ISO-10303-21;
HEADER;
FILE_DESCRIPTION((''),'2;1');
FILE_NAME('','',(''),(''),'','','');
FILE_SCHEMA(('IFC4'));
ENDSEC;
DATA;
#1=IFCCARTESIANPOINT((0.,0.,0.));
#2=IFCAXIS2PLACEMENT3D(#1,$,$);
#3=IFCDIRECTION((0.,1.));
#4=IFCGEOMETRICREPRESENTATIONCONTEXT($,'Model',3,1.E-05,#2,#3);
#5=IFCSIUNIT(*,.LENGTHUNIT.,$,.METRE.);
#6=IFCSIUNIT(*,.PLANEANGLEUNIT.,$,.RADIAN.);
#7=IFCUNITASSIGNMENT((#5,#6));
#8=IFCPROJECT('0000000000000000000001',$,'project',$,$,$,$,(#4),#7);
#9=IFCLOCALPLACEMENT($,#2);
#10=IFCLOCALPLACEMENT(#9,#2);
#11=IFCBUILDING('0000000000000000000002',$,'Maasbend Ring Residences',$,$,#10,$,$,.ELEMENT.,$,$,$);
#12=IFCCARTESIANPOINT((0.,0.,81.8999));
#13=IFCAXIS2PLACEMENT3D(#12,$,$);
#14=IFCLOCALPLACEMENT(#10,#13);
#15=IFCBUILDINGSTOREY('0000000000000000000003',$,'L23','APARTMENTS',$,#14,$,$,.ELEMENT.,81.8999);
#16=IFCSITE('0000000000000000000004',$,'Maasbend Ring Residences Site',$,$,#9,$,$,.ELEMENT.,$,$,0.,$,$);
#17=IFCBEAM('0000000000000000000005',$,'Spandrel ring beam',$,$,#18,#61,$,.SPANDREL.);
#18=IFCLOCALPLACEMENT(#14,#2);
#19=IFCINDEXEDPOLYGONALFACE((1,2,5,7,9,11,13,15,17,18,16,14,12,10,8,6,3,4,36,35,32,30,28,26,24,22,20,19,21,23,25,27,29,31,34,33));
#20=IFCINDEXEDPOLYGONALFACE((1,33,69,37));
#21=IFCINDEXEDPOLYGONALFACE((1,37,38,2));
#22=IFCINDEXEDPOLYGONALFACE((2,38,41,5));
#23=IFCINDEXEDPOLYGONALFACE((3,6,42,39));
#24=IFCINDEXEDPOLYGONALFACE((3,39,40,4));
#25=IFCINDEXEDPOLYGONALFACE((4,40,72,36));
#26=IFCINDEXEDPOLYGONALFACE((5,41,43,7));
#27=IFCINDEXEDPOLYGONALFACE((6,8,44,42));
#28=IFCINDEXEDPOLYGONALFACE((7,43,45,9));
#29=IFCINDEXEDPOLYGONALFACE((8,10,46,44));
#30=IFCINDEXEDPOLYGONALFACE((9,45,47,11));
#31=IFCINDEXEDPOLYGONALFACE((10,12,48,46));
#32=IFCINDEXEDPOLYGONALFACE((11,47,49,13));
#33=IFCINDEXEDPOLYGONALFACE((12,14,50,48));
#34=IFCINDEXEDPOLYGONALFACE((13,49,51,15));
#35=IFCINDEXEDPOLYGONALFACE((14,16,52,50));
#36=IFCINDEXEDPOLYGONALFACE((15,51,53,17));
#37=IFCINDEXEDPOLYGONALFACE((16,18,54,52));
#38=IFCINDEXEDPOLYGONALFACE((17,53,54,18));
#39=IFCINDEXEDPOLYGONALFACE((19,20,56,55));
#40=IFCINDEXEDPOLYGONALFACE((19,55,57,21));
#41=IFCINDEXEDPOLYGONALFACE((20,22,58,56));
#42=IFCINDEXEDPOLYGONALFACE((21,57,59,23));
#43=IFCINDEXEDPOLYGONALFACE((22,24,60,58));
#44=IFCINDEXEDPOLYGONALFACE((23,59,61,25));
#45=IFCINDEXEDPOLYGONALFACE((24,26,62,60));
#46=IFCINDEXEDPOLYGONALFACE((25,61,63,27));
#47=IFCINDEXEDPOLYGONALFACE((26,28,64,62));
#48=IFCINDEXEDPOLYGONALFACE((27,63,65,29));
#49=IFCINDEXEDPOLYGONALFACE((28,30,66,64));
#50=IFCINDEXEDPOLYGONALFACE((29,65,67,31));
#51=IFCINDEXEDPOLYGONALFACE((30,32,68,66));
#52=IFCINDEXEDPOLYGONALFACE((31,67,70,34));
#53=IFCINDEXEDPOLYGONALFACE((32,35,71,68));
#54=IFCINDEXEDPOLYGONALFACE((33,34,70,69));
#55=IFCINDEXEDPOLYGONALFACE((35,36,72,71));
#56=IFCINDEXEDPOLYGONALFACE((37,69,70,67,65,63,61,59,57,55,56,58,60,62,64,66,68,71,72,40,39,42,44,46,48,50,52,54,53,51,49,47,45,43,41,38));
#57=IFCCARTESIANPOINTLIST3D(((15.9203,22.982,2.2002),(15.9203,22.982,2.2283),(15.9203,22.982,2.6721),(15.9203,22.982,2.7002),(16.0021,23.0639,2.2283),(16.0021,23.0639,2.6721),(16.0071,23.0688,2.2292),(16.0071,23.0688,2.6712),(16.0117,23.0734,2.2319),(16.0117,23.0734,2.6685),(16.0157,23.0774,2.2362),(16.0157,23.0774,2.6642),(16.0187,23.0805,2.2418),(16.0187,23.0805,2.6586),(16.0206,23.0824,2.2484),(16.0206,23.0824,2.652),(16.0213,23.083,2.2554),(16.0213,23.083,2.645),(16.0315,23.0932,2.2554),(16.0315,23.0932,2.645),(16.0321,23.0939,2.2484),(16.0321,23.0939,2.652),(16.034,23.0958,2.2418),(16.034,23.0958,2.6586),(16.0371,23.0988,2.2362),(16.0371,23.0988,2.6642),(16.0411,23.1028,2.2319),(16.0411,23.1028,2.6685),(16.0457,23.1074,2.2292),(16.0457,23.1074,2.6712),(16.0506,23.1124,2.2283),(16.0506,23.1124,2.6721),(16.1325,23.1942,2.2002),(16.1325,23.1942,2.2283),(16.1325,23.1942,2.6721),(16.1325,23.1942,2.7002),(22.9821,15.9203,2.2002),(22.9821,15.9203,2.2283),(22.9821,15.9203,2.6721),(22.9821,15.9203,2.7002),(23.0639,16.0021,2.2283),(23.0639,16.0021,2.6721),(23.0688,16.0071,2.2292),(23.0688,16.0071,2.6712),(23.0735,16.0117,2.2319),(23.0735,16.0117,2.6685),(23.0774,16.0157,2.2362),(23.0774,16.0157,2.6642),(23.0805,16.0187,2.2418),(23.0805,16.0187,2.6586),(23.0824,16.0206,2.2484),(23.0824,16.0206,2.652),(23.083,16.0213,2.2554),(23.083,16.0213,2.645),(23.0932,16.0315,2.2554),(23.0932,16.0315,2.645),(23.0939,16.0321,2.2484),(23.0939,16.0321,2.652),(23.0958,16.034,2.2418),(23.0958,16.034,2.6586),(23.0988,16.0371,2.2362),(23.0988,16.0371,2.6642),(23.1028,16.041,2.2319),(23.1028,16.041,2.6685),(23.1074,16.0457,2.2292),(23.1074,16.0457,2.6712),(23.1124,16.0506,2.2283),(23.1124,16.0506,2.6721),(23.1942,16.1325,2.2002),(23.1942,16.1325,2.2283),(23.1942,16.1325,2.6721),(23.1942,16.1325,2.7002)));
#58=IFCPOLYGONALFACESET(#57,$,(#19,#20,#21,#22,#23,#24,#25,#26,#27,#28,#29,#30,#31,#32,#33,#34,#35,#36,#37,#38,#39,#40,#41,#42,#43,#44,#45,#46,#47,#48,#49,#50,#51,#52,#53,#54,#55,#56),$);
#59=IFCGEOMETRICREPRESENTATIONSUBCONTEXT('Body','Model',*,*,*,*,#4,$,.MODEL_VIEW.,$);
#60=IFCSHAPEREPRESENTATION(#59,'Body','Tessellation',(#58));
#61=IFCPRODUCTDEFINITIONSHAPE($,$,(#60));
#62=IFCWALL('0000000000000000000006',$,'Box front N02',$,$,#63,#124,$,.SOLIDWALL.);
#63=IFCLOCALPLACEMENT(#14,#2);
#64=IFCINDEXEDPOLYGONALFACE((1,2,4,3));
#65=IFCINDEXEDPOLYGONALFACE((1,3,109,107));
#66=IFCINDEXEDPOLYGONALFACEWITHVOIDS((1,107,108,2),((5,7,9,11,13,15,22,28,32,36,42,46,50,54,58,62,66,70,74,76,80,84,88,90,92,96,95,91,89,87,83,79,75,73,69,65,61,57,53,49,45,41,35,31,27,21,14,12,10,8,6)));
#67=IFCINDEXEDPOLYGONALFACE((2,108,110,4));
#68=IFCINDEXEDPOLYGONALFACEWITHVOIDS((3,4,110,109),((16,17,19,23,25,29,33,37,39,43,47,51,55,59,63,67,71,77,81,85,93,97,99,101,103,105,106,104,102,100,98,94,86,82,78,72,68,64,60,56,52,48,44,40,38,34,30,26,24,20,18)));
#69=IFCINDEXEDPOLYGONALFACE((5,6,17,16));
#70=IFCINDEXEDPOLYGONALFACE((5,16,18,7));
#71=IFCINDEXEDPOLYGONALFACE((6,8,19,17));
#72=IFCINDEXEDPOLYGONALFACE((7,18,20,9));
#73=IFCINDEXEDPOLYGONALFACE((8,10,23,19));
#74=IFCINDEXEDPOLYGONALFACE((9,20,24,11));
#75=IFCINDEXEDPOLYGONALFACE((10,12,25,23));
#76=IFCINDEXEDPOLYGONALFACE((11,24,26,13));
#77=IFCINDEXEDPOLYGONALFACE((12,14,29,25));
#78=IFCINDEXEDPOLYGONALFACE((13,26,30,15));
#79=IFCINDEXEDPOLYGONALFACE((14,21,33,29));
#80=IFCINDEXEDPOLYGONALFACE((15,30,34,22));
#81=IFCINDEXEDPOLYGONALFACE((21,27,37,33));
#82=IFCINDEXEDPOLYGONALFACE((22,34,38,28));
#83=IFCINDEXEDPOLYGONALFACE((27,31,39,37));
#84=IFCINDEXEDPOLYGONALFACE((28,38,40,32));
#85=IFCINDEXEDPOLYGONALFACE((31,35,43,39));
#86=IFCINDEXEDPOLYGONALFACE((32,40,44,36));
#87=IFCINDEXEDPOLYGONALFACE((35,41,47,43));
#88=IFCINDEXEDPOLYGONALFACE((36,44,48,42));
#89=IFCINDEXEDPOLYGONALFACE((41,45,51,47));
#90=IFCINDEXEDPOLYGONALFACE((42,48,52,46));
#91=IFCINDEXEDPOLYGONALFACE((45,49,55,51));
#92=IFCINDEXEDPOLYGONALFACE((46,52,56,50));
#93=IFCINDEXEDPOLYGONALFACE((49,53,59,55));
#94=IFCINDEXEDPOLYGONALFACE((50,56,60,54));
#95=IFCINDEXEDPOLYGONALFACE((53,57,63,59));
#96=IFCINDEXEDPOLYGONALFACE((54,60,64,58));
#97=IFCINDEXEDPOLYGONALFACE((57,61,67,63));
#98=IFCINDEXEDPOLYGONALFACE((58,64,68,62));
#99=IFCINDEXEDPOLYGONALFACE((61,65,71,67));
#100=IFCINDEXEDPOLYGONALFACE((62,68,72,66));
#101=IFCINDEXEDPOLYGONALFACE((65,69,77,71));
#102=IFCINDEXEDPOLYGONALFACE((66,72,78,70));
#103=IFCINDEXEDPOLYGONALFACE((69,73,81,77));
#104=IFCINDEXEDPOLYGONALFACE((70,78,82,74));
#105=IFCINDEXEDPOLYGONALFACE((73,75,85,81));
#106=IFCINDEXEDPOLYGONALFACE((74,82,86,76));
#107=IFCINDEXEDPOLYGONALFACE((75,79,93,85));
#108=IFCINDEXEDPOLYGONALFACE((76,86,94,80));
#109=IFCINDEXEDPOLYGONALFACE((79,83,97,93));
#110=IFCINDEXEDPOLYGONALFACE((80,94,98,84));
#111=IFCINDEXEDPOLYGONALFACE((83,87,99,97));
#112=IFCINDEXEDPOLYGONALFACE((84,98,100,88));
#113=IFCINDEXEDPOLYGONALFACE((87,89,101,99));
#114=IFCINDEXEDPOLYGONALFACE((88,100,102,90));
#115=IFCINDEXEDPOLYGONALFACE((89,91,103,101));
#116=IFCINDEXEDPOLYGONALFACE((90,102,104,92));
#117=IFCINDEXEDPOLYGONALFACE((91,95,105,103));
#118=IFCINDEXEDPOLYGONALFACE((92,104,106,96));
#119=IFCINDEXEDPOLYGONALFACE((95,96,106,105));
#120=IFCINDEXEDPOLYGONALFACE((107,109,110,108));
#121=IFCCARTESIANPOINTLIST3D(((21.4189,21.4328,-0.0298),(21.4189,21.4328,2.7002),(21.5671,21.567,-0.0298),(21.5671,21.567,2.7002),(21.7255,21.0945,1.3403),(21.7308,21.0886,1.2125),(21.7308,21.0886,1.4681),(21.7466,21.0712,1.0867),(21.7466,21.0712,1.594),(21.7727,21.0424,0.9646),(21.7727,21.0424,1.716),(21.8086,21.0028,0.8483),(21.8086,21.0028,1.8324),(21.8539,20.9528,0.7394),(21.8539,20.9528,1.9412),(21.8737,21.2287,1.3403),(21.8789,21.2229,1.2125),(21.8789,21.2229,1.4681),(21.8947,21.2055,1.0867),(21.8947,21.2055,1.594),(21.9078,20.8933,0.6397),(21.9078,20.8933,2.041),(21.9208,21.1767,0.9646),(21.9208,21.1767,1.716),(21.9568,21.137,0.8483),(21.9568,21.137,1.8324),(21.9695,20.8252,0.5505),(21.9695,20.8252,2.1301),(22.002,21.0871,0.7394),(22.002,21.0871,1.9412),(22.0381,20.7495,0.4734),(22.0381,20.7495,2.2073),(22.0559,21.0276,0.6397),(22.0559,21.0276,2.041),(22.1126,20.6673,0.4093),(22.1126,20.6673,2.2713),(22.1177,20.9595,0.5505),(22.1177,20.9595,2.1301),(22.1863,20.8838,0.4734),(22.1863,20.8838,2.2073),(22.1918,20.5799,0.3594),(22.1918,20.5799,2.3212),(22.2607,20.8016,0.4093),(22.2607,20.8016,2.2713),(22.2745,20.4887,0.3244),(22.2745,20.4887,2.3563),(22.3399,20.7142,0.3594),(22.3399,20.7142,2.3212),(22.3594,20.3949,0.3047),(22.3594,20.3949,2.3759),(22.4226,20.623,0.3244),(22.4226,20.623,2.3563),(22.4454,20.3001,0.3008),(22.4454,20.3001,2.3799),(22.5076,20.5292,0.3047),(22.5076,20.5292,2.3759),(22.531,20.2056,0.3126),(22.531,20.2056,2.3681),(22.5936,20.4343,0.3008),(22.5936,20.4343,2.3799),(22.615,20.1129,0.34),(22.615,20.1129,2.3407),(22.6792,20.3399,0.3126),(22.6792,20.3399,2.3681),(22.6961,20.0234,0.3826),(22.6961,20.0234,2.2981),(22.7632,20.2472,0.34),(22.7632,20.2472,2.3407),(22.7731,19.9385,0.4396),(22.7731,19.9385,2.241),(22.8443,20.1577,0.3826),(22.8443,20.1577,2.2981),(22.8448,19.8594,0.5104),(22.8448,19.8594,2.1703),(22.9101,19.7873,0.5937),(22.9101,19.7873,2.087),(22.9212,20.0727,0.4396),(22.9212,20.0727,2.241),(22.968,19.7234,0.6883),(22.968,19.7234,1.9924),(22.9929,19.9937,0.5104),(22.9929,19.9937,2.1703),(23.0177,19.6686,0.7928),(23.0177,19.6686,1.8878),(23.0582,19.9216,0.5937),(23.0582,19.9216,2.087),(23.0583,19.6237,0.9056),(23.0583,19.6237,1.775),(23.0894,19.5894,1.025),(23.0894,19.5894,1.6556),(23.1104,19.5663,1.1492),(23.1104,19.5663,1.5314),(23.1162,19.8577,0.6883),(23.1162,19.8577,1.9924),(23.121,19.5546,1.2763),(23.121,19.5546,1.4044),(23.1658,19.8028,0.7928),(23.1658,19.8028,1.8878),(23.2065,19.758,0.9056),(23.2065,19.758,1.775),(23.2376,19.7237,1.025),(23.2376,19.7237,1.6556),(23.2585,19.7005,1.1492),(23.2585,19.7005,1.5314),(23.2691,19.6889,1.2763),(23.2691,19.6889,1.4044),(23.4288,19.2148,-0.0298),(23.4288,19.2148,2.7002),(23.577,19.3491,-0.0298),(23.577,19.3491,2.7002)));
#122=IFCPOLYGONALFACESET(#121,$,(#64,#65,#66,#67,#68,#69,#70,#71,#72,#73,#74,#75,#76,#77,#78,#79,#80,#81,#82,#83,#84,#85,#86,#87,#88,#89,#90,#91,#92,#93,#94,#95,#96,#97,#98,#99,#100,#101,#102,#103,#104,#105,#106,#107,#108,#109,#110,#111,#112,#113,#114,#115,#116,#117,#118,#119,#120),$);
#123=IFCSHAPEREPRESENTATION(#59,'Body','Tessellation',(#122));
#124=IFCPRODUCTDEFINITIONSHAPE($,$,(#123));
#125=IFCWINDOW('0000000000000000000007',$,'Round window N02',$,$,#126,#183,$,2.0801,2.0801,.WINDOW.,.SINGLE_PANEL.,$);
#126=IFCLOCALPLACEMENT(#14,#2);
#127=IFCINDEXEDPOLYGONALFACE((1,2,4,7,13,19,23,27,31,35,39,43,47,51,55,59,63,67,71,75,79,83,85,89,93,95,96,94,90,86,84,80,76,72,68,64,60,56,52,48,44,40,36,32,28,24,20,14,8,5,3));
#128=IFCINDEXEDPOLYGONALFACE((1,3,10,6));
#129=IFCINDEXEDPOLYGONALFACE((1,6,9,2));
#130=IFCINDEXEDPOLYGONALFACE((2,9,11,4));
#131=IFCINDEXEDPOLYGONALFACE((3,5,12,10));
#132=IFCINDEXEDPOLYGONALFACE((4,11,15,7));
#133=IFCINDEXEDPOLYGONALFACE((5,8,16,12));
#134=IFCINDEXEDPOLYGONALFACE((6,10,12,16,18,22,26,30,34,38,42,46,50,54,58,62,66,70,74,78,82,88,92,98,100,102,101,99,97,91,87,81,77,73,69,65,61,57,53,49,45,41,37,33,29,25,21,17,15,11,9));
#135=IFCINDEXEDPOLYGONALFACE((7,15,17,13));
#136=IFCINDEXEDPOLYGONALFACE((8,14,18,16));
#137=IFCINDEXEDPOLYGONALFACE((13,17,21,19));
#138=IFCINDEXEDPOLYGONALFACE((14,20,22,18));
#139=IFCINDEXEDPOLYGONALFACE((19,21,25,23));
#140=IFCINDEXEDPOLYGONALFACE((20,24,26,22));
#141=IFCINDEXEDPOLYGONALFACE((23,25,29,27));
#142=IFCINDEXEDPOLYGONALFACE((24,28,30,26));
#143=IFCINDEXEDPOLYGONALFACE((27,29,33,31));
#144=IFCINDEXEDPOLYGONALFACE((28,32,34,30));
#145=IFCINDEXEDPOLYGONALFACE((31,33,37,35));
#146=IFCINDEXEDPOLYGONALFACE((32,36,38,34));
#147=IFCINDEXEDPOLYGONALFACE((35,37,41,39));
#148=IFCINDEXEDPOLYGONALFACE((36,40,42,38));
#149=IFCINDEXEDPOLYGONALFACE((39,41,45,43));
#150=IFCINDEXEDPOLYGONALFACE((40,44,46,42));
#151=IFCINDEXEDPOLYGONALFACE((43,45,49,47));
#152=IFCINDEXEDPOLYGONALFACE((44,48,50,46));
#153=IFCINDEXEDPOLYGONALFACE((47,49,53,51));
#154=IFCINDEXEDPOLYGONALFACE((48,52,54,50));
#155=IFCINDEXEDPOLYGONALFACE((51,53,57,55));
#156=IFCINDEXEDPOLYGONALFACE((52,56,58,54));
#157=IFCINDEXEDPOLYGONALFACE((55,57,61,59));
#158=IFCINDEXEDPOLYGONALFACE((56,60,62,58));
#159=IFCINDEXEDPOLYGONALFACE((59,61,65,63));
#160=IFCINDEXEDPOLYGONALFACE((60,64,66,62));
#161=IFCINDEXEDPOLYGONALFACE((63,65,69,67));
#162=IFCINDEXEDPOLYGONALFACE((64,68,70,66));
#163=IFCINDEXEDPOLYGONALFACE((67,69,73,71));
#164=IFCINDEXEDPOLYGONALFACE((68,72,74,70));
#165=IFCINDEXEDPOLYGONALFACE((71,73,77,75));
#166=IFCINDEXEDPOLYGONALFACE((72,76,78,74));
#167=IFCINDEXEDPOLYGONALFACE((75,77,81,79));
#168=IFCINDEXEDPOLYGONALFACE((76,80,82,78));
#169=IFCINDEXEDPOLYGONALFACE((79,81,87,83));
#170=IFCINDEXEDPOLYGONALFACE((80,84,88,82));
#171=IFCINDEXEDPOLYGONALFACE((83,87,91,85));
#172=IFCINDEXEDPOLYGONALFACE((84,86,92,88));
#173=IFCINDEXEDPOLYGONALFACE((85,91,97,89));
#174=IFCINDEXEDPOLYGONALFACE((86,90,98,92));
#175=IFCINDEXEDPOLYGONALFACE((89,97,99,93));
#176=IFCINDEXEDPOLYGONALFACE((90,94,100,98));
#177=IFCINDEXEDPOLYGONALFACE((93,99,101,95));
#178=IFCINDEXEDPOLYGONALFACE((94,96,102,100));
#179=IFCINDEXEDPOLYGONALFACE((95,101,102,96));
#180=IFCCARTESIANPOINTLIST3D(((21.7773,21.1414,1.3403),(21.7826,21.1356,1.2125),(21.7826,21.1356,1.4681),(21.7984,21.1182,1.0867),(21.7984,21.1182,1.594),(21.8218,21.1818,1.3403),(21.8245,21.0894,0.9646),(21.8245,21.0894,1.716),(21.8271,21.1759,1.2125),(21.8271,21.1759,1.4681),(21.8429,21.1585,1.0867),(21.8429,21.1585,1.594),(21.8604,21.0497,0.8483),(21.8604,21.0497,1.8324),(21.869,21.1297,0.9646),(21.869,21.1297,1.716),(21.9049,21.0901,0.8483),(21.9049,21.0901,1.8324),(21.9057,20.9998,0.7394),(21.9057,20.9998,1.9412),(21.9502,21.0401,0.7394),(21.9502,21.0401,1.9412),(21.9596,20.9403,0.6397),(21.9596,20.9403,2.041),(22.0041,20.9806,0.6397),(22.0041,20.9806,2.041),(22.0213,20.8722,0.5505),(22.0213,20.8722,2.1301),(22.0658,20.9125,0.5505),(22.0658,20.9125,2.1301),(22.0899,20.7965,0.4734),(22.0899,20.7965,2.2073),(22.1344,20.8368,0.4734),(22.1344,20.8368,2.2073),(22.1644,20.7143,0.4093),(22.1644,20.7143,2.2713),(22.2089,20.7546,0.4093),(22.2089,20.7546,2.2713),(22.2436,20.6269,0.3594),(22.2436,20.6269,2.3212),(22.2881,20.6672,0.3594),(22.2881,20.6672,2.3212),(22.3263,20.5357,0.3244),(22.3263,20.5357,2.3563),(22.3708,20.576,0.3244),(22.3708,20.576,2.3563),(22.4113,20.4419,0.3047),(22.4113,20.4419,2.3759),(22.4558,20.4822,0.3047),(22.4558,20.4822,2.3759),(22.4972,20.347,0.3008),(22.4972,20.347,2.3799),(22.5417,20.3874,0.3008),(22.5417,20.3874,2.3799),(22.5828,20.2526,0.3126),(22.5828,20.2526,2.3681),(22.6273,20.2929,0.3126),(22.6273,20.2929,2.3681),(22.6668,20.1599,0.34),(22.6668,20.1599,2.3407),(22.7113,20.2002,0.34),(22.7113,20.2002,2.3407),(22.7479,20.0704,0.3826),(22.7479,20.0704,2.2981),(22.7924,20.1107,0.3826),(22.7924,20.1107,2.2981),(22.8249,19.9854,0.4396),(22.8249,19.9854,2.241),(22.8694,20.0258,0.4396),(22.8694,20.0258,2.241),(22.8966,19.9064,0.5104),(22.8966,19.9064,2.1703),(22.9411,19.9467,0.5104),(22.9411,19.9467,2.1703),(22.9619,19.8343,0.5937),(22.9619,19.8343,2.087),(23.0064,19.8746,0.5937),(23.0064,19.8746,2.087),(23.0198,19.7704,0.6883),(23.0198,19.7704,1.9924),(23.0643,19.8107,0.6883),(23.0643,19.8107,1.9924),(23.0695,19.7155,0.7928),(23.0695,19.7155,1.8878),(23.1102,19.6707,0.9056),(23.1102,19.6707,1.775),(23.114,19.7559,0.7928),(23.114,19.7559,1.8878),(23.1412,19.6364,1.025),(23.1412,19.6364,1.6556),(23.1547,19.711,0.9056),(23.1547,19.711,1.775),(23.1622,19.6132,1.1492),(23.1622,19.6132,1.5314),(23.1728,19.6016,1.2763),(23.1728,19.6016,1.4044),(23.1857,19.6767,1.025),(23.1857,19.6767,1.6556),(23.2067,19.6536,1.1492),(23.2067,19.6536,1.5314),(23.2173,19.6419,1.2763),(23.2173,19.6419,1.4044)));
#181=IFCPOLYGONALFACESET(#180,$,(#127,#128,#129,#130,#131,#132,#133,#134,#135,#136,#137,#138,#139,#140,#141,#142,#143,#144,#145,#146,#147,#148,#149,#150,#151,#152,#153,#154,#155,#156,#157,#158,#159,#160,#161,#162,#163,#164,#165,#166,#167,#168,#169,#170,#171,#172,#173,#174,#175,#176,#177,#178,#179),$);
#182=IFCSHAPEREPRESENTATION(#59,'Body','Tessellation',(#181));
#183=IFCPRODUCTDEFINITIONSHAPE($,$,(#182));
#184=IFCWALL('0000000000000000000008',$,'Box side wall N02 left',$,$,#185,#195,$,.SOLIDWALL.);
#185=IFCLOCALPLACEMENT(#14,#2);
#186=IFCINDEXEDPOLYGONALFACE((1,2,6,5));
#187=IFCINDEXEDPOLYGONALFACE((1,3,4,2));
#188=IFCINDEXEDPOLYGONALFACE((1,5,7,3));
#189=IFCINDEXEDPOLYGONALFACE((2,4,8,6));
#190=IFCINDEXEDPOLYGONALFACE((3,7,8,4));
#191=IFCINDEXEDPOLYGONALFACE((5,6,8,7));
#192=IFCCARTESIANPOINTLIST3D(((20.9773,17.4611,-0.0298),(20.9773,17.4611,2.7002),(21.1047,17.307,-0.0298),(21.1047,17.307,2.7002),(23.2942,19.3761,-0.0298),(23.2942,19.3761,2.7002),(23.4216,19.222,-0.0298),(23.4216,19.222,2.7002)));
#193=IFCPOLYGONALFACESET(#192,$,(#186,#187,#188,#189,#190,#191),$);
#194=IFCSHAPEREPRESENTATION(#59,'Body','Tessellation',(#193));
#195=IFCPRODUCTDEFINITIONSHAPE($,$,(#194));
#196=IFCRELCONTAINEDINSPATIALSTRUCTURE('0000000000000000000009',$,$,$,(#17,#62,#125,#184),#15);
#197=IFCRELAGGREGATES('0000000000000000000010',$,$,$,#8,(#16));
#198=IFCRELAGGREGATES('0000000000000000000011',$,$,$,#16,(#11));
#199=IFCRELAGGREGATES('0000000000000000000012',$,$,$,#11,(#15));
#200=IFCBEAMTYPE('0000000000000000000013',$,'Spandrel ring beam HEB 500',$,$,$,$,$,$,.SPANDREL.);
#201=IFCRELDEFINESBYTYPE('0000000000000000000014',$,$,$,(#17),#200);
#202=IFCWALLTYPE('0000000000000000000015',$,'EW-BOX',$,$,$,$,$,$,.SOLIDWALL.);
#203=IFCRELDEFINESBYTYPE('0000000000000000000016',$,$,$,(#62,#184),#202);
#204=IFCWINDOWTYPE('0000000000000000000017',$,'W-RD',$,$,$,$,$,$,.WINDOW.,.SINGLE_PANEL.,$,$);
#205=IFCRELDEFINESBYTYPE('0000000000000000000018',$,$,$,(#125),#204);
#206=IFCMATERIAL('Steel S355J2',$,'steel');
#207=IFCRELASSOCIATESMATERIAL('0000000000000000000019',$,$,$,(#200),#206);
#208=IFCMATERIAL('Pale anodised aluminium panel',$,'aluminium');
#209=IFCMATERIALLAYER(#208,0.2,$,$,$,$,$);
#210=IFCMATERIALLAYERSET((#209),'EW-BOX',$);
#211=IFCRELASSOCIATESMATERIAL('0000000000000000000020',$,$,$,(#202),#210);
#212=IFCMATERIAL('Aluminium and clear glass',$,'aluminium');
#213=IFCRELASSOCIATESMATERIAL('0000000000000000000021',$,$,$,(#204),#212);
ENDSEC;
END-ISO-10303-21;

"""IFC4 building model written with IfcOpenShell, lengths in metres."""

from ifc_helpers import new_model, si_unit, direction, frame, frame_2d, origin, origin_2d, place, context, subcontext, project, spatial, rectangle, circle, i_section, extrude, material, layer, layer_set, material_profile, profile_set, type_object, element, fill, save


model = new_model("IFC4")

# Units and contexts
model_context = context("Model", 3, precision=1e-05, world=origin(), true_north=direction((0.0, 1.0)))
body_context = subcontext(model_context, "Body", "Model", "MODEL_VIEW")
ifc_project = project(units=[si_unit("LENGTHUNIT", "METRE"), si_unit("PLANEANGLEUNIT", "RADIAN")], contexts=[model_context])

# Site, building, storey
site_placement = place(None, origin())
site = spatial("IfcSite", under=ifc_project, at=site_placement, Name="Maasbend Ring Residences Site", CompositionType="ELEMENT", RefElevation=0.0)
building_placement = place(site_placement, origin())
building = spatial("IfcBuilding", under=site, at=building_placement, Name="Maasbend Ring Residences", CompositionType="ELEMENT")
storey_placement = place(building_placement, frame((0.0, 0.0, 81.8999)))
storey = spatial("IfcBuildingStorey", under=building, at=storey_placement, Name="L23", Description="APARTMENTS", CompositionType="ELEMENT", Elevation=81.8999)

# Beam
ifc_material_1 = material(Name="Steel S355J2", Category="steel")
ifc_material_profile_1 = material_profile(ifc_material_1, i_section(OverallWidth=0.3, OverallDepth=0.5, WebThickness=0.0144, FlangeThickness=0.0281, FilletRadius=0.0271, at=origin_2d()), Name="HEB 500")
ifc_profile_set_1 = profile_set([ifc_material_profile_1], Name="Steel S355J2")
beam_type = type_object("IfcBeamType", Name="Spandrel ring beam HEB 500", PredefinedType="SPANDREL", material=ifc_profile_set_1)
beam_placement = place(storey_placement, frame((23.0881, 16.0264, 2.4502), z_axis=(-0.707107, 0.707107, 0.0), x_axis=(-0.707107, -0.707107, 0.0)))
element("IfcBeam", 1, at=beam_placement, inside=storey, type_object=beam_type, Name="Spandrel ring beam", PredefinedType="SPANDREL", context=body_context, shape_type="SweptSolid", body=[
    extrude(i_section(OverallWidth=0.3, OverallDepth=0.5, WebThickness=0.0144, FlangeThickness=0.0281, FilletRadius=0.0271, at=origin_2d()), origin(), (0.0, 0.0, 1.0), 9.9868),
])

# Wall, opening, window
ifc_material_2 = material(Name="Pale anodised aluminium panel", Category="aluminium")
ifc_layer_1 = layer(ifc_material_2, 0.2)
ifc_layer_set_1 = layer_set([ifc_layer_1], Name="EW-BOX")
wall_type_1 = type_object("IfcWallType", Name="EW-BOX", PredefinedType="SOLIDWALL", material=ifc_layer_set_1)
wall_1_placement = place(storey_placement, frame((23.5029, 19.282, -0.0298), z_axis=(0.0, 0.0, 1.0), x_axis=(-0.671507, 0.740998, 0.0)))
wall_1 = element("IfcWall", 2, at=wall_1_placement, inside=storey, type_object=wall_type_1, Name="Box front N02", PredefinedType="SOLIDWALL", context=body_context, shape_type="SweptSolid", body=[
    extrude(rectangle(XDim=2.9932, YDim=0.2, at=frame_2d((1.4966, 0.0))), origin(), (0.0, 0.0, 1.0), 2.73),
])
opening_1_placement = place(wall_1_placement, frame((0.4565, 0.0, 0.3301)))
opening_1 = element("IfcOpeningElement", 3, at=opening_1_placement, cuts=wall_1, PredefinedType="OPENING", context=body_context, shape_type="SweptSolid", body=[
    extrude(circle(Radius=1.04, at=frame_2d((1.04, 1.04))), frame((0.0, 0.1099, 0.0), z_axis=(0.0, -1.0, 0.0), x_axis=(1.0, 0.0, 0.0)), (0.0, 0.0, 1.0), 0.22),
])
ifc_material_3 = material(Name="Aluminium and clear glass", Category="aluminium")
window_type_1 = type_object("IfcWindowType", Name="W-RD", PartitioningType="SINGLE_PANEL", PredefinedType="WINDOW", material=ifc_material_3)
window_1_placement = place(opening_1_placement, origin())
window_1 = element("IfcWindow", 4, at=window_1_placement, inside=storey, type_object=window_type_1, Name="Round window N02", OverallHeight=2.0801, OverallWidth=2.0801, PartitioningType="SINGLE_PANEL", PredefinedType="WINDOW", context=body_context, shape_type="SweptSolid", body=[
    extrude(circle(Radius=1.04, at=frame_2d((1.04, 1.04))), frame((0.0, 0.03, 0.0), z_axis=(0.0, -1.0, 0.0), x_axis=(1.0, 0.0, 0.0)), (0.0, 0.0, 1.0), 0.0601),
])
fill(opening_1, window_1)

# Wall
wall_2_placement = place(storey_placement, frame((21.041, 17.384, -0.0298), z_axis=(0.0, 0.0, 1.0), x_axis=(0.770785, 0.637096, 0.0)))
element("IfcWall", 5, at=wall_2_placement, inside=storey, type_object=wall_type_1, Name="Box side wall N02 left", PredefinedType="SOLIDWALL", context=body_context, shape_type="SweptSolid", body=[
    extrude(rectangle(XDim=3.0059, YDim=0.2, at=frame_2d((1.5029, 0.0))), origin(), (0.0, 0.0, 1.0), 2.73),
])

save(model, "model.ifc")
